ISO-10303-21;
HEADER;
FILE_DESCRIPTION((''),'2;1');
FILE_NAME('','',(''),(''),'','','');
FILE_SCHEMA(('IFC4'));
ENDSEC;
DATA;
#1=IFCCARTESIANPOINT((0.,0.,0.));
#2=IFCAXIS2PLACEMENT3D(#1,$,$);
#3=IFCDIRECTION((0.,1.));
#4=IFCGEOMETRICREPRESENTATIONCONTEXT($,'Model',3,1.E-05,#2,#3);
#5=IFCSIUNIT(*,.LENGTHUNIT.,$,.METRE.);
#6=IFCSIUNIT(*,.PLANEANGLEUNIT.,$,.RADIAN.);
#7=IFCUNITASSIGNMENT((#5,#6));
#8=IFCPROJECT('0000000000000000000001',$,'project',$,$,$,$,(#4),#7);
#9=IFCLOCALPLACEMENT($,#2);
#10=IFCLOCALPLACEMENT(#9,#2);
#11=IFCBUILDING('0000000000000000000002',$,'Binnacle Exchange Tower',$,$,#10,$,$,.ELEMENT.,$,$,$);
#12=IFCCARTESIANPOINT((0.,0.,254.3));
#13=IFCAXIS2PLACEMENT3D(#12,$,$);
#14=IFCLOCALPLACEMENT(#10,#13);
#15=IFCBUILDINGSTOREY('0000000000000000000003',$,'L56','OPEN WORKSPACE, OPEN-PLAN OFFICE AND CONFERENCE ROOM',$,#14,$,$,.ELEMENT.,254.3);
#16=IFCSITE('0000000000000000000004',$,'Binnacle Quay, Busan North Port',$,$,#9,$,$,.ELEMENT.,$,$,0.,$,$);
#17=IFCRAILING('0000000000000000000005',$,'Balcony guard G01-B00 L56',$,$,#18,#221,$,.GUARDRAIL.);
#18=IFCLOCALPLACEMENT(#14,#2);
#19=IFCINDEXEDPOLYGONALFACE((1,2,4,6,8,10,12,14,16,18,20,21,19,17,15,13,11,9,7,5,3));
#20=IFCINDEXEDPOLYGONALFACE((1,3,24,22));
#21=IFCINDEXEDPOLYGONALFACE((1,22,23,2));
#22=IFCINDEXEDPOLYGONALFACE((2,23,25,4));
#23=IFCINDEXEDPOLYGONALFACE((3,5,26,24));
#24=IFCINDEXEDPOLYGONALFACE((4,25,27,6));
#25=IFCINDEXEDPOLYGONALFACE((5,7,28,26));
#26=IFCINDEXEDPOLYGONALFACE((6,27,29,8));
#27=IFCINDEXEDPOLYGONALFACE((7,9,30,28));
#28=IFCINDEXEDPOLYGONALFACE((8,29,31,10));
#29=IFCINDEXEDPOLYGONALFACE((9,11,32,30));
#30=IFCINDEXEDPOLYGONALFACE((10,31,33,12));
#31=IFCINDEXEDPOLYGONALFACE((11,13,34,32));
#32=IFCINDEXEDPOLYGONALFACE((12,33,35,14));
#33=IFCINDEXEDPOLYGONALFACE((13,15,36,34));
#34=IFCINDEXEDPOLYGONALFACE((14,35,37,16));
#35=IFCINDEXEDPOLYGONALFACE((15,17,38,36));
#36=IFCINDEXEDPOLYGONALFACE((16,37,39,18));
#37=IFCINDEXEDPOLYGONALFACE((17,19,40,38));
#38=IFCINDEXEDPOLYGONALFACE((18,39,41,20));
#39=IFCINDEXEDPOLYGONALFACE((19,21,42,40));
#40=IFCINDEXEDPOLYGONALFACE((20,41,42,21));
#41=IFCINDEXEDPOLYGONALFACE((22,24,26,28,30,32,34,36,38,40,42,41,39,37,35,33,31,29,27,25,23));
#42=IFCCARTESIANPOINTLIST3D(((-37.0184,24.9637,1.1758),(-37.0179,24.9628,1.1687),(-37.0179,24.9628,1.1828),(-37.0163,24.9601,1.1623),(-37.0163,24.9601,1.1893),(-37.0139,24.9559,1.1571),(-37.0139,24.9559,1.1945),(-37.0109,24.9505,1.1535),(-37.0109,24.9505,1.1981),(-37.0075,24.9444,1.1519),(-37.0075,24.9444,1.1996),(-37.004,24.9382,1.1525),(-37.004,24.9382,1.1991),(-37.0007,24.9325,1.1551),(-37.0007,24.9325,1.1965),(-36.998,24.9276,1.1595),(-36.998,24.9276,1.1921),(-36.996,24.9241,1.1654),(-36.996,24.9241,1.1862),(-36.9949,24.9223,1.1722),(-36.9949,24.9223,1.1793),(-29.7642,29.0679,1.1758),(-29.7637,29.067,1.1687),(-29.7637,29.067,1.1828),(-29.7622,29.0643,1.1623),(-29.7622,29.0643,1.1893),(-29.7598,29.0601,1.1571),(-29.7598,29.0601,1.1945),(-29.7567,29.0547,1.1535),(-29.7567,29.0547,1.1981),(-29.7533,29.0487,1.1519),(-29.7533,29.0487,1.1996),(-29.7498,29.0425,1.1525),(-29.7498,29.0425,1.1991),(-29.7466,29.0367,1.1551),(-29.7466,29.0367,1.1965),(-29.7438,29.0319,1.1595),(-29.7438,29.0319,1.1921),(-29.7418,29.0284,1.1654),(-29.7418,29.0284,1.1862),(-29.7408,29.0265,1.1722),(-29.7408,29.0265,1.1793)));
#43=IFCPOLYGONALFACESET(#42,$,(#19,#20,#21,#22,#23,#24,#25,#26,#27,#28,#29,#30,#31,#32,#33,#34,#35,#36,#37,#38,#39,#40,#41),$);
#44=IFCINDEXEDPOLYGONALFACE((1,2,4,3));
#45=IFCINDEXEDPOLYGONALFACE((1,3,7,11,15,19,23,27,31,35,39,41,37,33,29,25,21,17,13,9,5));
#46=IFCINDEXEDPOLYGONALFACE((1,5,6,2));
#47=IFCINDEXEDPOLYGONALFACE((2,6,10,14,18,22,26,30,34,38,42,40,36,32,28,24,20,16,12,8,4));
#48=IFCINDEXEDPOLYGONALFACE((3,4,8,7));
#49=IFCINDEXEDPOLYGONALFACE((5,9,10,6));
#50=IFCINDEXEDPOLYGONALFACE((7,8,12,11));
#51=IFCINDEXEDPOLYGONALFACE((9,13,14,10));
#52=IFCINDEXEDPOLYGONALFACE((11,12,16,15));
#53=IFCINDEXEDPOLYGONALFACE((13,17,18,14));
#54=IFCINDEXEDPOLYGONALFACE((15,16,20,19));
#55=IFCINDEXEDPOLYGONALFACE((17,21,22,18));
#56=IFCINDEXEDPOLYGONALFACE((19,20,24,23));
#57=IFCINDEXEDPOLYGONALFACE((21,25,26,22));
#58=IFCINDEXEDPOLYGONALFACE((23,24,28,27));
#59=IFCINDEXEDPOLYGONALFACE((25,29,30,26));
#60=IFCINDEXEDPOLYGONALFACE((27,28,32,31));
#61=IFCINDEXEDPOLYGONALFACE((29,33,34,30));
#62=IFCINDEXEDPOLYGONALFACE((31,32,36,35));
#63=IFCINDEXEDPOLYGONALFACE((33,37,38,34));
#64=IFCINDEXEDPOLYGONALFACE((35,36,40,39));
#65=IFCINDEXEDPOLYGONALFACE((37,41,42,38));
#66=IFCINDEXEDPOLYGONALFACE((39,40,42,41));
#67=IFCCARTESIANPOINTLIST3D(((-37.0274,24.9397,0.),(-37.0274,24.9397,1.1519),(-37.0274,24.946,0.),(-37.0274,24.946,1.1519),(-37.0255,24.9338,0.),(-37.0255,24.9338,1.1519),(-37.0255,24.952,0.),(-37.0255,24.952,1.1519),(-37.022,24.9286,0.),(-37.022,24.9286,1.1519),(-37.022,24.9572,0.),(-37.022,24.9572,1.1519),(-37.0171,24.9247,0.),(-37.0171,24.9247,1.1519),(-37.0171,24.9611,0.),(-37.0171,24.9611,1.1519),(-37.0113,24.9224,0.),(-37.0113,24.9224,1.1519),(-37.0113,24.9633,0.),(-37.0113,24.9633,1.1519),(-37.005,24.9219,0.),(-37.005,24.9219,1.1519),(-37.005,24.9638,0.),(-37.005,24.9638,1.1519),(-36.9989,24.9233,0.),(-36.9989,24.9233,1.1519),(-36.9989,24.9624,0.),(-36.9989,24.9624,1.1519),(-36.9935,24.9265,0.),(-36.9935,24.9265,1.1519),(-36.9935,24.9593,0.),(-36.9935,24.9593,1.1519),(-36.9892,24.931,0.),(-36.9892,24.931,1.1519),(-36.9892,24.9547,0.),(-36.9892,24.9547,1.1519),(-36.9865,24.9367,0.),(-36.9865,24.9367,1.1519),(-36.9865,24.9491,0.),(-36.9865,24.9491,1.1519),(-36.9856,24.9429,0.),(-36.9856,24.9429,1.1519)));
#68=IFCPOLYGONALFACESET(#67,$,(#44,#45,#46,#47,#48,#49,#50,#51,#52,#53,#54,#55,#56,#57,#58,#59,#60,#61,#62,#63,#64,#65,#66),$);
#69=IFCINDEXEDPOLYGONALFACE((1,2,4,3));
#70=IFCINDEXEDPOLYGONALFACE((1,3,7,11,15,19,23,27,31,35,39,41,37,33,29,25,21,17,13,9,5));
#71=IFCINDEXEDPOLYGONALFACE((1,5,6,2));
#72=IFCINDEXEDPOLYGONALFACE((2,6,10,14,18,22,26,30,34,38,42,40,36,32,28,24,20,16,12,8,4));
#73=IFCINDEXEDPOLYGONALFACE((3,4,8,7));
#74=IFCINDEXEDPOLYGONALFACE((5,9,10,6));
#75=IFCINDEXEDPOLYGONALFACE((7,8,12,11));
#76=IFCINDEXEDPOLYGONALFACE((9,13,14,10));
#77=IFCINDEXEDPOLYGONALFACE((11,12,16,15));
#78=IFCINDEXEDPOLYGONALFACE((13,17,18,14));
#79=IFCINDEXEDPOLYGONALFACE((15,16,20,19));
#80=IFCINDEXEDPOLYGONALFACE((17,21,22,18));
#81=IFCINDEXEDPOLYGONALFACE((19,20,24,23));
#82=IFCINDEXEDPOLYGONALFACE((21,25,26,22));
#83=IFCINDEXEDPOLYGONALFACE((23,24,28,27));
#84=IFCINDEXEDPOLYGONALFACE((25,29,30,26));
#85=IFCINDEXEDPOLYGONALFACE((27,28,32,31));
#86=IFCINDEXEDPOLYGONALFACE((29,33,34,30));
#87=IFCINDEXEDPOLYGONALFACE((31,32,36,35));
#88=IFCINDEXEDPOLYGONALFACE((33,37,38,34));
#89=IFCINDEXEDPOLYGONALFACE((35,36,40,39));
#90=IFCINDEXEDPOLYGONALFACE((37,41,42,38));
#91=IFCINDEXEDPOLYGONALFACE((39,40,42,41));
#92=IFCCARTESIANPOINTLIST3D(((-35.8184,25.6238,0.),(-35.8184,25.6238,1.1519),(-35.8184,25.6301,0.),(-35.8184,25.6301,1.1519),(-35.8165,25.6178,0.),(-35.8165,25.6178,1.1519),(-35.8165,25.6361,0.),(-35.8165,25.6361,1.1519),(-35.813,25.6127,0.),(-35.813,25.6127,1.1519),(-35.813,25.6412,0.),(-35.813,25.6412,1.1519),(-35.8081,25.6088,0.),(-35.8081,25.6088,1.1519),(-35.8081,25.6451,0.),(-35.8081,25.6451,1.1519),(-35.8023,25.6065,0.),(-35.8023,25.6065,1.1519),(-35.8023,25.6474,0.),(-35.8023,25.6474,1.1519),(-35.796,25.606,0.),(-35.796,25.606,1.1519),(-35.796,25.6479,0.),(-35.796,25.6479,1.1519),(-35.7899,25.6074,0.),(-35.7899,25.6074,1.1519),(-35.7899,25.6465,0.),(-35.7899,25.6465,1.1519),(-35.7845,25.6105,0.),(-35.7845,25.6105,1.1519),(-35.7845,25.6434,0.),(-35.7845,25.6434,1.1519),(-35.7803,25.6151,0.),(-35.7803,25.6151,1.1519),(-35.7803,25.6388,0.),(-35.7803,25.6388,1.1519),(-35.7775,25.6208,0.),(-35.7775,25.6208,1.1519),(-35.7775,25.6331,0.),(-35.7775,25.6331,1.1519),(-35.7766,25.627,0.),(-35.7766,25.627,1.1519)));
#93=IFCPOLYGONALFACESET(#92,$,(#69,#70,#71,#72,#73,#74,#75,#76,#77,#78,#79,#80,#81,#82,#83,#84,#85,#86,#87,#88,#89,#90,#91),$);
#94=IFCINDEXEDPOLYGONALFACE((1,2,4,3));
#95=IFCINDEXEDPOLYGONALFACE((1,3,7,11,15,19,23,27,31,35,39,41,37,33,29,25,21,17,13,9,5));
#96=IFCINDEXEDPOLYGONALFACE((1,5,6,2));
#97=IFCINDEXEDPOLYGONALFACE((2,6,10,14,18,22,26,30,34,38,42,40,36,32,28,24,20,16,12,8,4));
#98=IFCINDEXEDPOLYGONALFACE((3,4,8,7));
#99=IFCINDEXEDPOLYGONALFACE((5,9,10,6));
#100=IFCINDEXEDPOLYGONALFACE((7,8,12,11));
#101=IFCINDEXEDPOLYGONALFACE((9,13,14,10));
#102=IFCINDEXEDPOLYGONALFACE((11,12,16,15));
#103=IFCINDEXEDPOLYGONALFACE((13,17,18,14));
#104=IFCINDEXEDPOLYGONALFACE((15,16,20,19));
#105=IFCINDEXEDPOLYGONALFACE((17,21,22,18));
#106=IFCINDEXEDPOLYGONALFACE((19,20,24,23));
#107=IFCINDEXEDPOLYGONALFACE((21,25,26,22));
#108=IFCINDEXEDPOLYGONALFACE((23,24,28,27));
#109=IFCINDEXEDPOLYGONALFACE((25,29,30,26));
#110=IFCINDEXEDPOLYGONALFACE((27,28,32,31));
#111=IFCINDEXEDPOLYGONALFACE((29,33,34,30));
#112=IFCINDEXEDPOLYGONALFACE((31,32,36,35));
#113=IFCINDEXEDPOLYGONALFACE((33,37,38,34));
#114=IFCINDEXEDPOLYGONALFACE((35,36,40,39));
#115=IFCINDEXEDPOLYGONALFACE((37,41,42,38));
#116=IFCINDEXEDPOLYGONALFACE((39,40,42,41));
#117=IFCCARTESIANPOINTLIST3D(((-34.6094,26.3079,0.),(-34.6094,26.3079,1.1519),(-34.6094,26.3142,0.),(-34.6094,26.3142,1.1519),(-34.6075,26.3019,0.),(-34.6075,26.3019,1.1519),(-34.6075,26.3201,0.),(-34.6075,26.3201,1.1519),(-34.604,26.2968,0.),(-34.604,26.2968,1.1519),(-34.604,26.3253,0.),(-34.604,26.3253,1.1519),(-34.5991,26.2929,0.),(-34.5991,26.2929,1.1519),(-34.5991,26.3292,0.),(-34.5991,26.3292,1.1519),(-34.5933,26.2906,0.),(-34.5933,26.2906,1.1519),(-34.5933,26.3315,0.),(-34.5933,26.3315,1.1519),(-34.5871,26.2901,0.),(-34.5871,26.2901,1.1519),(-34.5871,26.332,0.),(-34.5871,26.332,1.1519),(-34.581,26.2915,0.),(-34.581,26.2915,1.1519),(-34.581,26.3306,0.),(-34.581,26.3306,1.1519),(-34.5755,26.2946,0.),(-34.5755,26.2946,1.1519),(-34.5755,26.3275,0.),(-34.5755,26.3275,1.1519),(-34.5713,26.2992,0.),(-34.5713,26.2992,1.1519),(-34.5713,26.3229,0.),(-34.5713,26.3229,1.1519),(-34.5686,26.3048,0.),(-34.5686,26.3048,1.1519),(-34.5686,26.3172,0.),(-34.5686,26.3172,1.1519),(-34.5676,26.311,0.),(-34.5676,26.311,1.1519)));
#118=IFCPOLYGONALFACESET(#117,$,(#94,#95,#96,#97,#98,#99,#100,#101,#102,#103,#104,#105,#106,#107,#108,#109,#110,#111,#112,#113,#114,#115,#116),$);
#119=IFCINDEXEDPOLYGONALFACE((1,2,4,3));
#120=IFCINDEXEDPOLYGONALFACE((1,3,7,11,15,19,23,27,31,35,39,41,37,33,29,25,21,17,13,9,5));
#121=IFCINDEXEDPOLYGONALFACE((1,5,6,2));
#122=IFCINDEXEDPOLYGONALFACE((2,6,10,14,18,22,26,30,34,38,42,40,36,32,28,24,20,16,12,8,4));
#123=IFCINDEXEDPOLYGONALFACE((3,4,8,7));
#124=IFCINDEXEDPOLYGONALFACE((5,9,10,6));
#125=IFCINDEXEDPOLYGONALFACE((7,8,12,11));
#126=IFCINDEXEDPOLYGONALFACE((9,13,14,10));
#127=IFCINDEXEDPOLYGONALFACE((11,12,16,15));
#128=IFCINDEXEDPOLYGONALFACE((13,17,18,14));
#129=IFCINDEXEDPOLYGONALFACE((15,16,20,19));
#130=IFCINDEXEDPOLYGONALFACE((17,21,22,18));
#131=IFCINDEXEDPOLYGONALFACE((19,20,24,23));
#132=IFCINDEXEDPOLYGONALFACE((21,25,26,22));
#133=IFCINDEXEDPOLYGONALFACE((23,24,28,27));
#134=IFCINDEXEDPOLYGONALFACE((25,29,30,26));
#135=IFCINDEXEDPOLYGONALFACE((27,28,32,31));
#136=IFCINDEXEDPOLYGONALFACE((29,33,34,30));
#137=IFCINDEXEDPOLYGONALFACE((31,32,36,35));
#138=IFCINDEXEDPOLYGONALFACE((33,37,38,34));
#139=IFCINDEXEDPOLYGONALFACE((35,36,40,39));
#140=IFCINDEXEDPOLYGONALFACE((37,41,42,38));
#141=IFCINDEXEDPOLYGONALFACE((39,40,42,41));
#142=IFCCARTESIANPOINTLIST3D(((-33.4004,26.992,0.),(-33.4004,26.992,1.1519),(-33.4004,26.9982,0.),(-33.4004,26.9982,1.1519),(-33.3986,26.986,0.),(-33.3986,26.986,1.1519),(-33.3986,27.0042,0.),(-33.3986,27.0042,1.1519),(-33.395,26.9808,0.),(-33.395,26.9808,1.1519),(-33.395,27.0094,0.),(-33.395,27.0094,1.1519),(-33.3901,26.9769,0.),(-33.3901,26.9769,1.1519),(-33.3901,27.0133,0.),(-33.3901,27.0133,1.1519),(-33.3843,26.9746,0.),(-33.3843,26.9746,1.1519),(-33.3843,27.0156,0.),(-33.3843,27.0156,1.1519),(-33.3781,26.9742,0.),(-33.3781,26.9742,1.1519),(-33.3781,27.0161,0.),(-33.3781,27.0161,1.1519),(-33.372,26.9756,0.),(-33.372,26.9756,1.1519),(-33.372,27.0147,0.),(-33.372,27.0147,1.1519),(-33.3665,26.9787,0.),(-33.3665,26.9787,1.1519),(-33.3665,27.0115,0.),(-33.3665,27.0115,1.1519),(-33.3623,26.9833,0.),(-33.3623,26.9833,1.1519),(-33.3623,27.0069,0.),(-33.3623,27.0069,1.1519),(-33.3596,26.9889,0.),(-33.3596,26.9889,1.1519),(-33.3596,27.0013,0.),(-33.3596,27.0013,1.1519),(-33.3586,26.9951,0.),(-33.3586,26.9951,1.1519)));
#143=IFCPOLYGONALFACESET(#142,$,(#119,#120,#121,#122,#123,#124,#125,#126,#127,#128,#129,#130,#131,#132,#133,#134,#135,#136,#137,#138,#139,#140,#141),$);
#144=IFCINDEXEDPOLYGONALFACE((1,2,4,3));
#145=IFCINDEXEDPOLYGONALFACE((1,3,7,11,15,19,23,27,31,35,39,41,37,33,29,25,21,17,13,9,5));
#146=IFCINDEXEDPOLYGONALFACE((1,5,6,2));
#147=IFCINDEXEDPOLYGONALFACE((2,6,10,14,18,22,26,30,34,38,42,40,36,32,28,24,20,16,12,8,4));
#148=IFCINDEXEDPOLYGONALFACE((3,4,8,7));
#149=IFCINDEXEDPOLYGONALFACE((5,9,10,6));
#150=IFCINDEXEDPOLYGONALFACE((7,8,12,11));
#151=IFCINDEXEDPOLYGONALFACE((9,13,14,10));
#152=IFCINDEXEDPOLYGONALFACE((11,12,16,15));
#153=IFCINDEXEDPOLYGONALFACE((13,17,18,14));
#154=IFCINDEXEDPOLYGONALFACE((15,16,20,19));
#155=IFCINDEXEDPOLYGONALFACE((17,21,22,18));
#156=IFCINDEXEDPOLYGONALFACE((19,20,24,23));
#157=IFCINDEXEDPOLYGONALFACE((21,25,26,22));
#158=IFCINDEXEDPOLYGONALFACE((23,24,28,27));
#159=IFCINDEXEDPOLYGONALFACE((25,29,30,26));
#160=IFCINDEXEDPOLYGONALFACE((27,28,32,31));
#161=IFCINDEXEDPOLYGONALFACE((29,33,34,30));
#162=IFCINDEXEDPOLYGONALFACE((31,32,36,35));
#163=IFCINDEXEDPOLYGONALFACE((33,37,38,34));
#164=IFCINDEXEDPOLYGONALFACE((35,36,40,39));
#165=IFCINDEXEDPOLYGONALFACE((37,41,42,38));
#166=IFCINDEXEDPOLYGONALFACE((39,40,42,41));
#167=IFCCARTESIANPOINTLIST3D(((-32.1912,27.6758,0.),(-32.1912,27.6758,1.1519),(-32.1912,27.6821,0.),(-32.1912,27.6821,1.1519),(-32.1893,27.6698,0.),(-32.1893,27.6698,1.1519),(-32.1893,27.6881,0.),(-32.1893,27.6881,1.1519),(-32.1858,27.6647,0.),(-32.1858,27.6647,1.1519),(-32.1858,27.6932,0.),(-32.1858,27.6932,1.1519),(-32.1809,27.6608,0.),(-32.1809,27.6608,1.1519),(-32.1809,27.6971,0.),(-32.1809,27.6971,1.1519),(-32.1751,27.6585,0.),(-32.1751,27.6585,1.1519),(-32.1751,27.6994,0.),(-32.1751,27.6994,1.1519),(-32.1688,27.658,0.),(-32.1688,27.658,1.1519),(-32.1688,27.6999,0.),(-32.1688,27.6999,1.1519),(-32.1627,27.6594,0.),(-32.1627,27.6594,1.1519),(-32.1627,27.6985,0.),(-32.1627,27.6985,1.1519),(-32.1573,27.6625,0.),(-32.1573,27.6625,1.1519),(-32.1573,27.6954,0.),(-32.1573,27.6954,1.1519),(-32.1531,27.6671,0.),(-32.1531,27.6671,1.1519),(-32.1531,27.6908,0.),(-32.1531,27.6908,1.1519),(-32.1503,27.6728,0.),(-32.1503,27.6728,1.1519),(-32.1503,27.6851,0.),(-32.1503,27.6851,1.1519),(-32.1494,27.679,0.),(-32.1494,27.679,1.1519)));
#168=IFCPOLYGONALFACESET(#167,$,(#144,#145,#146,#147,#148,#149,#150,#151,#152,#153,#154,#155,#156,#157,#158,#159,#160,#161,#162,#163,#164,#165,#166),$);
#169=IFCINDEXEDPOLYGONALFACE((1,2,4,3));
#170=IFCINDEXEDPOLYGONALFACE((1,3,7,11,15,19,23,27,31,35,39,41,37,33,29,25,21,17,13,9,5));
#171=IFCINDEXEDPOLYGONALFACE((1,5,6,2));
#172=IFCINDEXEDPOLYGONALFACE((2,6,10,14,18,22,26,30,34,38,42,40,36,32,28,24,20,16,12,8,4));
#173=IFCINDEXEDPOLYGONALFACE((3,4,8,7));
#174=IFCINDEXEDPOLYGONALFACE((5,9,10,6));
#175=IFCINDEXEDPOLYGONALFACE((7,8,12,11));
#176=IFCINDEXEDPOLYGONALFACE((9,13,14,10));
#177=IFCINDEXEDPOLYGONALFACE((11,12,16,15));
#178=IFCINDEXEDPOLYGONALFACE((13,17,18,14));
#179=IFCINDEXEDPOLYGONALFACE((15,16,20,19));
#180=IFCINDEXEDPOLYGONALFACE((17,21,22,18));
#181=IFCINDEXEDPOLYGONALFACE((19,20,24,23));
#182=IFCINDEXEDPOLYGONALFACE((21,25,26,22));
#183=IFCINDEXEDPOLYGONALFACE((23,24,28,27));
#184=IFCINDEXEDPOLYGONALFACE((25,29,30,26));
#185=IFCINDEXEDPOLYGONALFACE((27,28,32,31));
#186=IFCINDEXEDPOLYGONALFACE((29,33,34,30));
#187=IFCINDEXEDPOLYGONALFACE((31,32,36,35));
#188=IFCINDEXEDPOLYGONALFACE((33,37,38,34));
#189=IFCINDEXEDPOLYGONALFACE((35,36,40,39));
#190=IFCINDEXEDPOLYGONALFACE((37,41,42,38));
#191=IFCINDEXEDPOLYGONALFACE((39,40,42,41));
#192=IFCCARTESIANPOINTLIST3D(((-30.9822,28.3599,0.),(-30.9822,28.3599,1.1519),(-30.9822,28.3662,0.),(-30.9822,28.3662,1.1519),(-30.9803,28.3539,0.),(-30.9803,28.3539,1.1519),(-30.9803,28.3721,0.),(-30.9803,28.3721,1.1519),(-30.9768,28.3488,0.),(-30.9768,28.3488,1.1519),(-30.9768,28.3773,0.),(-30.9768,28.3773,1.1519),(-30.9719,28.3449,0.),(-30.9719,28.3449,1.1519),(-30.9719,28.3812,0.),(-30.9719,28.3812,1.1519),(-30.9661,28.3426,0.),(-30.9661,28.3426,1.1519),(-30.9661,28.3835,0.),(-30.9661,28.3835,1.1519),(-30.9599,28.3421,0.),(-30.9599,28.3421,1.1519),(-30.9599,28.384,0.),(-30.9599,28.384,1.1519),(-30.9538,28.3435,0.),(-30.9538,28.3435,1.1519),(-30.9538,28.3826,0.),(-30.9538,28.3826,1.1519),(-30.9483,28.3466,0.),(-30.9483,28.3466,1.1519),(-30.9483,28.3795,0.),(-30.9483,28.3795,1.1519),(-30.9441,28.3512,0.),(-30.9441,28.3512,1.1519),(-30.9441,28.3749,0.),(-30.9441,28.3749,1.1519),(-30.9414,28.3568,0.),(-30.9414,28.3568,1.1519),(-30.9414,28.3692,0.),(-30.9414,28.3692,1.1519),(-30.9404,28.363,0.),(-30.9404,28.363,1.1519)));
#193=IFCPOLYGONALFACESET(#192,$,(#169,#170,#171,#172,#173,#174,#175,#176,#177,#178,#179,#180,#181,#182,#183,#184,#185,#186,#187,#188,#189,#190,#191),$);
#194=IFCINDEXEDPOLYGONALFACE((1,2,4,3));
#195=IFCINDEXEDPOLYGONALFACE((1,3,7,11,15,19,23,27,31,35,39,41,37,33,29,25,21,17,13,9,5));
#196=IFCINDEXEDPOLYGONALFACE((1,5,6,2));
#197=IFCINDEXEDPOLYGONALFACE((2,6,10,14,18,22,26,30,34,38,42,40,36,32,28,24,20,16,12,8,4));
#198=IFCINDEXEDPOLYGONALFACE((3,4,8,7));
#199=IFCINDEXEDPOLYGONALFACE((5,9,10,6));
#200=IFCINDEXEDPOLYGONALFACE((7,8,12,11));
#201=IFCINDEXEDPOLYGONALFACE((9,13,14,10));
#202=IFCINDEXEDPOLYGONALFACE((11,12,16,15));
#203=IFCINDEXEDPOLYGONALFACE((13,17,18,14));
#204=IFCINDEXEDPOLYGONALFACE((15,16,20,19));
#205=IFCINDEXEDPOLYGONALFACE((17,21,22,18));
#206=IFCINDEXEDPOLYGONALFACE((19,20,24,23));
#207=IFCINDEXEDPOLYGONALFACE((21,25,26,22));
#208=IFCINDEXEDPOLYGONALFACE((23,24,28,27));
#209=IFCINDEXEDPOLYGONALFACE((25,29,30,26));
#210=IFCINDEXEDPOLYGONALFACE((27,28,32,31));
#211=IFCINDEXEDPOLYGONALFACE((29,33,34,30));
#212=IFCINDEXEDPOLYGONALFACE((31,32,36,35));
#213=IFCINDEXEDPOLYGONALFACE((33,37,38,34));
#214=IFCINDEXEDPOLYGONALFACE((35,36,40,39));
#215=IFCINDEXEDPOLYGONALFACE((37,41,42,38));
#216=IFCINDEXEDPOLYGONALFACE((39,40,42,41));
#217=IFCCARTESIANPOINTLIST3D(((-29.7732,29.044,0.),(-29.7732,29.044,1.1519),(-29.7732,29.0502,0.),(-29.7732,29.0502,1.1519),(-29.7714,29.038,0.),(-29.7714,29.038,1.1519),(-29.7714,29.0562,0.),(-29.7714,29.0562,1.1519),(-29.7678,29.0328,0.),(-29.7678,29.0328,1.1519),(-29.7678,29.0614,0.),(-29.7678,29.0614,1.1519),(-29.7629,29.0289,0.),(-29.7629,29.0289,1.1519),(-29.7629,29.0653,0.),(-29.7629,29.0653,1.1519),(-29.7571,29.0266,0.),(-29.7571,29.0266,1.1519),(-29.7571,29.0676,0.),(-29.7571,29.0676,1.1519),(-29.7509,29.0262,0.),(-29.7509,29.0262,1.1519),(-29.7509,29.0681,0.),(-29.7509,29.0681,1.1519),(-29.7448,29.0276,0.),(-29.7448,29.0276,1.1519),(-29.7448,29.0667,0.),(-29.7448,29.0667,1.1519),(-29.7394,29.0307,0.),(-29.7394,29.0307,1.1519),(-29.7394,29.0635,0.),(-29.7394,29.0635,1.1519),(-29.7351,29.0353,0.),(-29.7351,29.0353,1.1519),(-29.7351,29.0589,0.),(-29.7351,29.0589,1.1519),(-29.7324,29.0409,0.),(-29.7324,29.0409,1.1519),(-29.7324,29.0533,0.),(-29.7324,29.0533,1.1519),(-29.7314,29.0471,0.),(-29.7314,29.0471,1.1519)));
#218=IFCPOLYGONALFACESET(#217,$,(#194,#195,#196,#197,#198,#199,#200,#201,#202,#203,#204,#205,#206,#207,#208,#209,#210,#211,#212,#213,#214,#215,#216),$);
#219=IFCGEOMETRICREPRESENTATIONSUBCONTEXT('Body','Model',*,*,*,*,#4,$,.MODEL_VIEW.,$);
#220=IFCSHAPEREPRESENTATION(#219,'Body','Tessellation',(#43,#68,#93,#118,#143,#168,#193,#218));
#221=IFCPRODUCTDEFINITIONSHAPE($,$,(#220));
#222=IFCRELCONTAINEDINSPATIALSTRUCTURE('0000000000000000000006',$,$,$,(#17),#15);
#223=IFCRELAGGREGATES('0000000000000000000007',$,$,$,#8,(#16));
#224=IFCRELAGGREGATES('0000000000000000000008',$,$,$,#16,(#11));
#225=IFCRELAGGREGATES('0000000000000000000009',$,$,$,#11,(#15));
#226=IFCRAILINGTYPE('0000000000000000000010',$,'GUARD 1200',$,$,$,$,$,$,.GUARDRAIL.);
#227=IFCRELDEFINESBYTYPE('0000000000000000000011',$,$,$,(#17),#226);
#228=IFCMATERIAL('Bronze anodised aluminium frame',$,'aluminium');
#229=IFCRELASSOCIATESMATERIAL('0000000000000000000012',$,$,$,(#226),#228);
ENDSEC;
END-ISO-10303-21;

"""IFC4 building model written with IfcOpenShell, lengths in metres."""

from ifc_helpers import new_model, si_unit, direction, frame, origin, origin_2d, place, context, subcontext, project, spatial, circle, extrude, material, type_object, element, save


model = new_model("IFC4")

# Units and contexts
model_context = context("Model", 3, precision=1e-05, world=origin(), true_north=direction((0.0, 1.0)))
body_context = subcontext(model_context, "Body", "Model", "MODEL_VIEW")
ifc_project = project(units=[si_unit("LENGTHUNIT", "METRE"), si_unit("PLANEANGLEUNIT", "RADIAN")], contexts=[model_context])

# Site, building, storey
site_placement = place(None, origin())
site = spatial("IfcSite", under=ifc_project, at=site_placement, Name="Binnacle Quay, Busan North Port", CompositionType="ELEMENT", RefElevation=0.0)
building_placement = place(site_placement, origin())
building = spatial("IfcBuilding", under=site, at=building_placement, Name="Binnacle Exchange Tower", CompositionType="ELEMENT")
storey_placement = place(building_placement, frame((0.0, 0.0, 254.3)))
storey = spatial("IfcBuildingStorey", under=building, at=storey_placement, Name="L56", Description="OPEN WORKSPACE, OPEN-PLAN OFFICE AND CONFERENCE ROOM", CompositionType="ELEMENT", Elevation=254.3)

# Railing
ifc_material_1 = material(Name="Bronze anodised aluminium frame", Category="aluminium")
railing_type_1 = type_object("IfcRailingType", Name="GUARD 1200", PredefinedType="GUARDRAIL", material=ifc_material_1)
railing_1_placement = place(storey_placement, frame((-37.0066, 24.9429, 0.0)))
element("IfcRailing", 1, at=railing_1_placement, inside=storey, type_object=railing_type_1, Name="Balcony guard G01-B00 L56", PredefinedType="GUARDRAIL", context=body_context, shape_type="SweptSolid", body=[
    extrude(circle(Radius=0.0239, at=origin_2d()), frame((0.0, 0.0, 1.1758), z_axis=(0.870353, 0.492428, 0.0), x_axis=(-0.492428, 0.870353, 0.0)), (0.0, 0.0, 1.0), 8.3347),
    extrude(circle(Radius=0.021, at=origin_2d()), origin(), (0.0, 0.0, 1.0), 1.1519),
    extrude(circle(Radius=0.021, at=origin_2d()), frame((1.209, 0.6841, 0.0)), (0.0, 0.0, 1.0), 1.1519),
    extrude(circle(Radius=0.021, at=origin_2d()), frame((2.418, 1.3682, 0.0)), (0.0, 0.0, 1.0), 1.1519),
    extrude(circle(Radius=0.021, at=origin_2d()), frame((3.627, 2.0522, 0.0)), (0.0, 0.0, 1.0), 1.1519),
    extrude(circle(Radius=0.021, at=origin_2d()), frame((4.8362, 2.7361, 0.0)), (0.0, 0.0, 1.0), 1.1519),
    extrude(circle(Radius=0.021, at=origin_2d()), frame((6.0452, 3.4202, 0.0)), (0.0, 0.0, 1.0), 1.1519),
    extrude(circle(Radius=0.021, at=origin_2d()), frame((7.2542, 4.1042, 0.0)), (0.0, 0.0, 1.0), 1.1519),
])

save(model, "model.ifc")
